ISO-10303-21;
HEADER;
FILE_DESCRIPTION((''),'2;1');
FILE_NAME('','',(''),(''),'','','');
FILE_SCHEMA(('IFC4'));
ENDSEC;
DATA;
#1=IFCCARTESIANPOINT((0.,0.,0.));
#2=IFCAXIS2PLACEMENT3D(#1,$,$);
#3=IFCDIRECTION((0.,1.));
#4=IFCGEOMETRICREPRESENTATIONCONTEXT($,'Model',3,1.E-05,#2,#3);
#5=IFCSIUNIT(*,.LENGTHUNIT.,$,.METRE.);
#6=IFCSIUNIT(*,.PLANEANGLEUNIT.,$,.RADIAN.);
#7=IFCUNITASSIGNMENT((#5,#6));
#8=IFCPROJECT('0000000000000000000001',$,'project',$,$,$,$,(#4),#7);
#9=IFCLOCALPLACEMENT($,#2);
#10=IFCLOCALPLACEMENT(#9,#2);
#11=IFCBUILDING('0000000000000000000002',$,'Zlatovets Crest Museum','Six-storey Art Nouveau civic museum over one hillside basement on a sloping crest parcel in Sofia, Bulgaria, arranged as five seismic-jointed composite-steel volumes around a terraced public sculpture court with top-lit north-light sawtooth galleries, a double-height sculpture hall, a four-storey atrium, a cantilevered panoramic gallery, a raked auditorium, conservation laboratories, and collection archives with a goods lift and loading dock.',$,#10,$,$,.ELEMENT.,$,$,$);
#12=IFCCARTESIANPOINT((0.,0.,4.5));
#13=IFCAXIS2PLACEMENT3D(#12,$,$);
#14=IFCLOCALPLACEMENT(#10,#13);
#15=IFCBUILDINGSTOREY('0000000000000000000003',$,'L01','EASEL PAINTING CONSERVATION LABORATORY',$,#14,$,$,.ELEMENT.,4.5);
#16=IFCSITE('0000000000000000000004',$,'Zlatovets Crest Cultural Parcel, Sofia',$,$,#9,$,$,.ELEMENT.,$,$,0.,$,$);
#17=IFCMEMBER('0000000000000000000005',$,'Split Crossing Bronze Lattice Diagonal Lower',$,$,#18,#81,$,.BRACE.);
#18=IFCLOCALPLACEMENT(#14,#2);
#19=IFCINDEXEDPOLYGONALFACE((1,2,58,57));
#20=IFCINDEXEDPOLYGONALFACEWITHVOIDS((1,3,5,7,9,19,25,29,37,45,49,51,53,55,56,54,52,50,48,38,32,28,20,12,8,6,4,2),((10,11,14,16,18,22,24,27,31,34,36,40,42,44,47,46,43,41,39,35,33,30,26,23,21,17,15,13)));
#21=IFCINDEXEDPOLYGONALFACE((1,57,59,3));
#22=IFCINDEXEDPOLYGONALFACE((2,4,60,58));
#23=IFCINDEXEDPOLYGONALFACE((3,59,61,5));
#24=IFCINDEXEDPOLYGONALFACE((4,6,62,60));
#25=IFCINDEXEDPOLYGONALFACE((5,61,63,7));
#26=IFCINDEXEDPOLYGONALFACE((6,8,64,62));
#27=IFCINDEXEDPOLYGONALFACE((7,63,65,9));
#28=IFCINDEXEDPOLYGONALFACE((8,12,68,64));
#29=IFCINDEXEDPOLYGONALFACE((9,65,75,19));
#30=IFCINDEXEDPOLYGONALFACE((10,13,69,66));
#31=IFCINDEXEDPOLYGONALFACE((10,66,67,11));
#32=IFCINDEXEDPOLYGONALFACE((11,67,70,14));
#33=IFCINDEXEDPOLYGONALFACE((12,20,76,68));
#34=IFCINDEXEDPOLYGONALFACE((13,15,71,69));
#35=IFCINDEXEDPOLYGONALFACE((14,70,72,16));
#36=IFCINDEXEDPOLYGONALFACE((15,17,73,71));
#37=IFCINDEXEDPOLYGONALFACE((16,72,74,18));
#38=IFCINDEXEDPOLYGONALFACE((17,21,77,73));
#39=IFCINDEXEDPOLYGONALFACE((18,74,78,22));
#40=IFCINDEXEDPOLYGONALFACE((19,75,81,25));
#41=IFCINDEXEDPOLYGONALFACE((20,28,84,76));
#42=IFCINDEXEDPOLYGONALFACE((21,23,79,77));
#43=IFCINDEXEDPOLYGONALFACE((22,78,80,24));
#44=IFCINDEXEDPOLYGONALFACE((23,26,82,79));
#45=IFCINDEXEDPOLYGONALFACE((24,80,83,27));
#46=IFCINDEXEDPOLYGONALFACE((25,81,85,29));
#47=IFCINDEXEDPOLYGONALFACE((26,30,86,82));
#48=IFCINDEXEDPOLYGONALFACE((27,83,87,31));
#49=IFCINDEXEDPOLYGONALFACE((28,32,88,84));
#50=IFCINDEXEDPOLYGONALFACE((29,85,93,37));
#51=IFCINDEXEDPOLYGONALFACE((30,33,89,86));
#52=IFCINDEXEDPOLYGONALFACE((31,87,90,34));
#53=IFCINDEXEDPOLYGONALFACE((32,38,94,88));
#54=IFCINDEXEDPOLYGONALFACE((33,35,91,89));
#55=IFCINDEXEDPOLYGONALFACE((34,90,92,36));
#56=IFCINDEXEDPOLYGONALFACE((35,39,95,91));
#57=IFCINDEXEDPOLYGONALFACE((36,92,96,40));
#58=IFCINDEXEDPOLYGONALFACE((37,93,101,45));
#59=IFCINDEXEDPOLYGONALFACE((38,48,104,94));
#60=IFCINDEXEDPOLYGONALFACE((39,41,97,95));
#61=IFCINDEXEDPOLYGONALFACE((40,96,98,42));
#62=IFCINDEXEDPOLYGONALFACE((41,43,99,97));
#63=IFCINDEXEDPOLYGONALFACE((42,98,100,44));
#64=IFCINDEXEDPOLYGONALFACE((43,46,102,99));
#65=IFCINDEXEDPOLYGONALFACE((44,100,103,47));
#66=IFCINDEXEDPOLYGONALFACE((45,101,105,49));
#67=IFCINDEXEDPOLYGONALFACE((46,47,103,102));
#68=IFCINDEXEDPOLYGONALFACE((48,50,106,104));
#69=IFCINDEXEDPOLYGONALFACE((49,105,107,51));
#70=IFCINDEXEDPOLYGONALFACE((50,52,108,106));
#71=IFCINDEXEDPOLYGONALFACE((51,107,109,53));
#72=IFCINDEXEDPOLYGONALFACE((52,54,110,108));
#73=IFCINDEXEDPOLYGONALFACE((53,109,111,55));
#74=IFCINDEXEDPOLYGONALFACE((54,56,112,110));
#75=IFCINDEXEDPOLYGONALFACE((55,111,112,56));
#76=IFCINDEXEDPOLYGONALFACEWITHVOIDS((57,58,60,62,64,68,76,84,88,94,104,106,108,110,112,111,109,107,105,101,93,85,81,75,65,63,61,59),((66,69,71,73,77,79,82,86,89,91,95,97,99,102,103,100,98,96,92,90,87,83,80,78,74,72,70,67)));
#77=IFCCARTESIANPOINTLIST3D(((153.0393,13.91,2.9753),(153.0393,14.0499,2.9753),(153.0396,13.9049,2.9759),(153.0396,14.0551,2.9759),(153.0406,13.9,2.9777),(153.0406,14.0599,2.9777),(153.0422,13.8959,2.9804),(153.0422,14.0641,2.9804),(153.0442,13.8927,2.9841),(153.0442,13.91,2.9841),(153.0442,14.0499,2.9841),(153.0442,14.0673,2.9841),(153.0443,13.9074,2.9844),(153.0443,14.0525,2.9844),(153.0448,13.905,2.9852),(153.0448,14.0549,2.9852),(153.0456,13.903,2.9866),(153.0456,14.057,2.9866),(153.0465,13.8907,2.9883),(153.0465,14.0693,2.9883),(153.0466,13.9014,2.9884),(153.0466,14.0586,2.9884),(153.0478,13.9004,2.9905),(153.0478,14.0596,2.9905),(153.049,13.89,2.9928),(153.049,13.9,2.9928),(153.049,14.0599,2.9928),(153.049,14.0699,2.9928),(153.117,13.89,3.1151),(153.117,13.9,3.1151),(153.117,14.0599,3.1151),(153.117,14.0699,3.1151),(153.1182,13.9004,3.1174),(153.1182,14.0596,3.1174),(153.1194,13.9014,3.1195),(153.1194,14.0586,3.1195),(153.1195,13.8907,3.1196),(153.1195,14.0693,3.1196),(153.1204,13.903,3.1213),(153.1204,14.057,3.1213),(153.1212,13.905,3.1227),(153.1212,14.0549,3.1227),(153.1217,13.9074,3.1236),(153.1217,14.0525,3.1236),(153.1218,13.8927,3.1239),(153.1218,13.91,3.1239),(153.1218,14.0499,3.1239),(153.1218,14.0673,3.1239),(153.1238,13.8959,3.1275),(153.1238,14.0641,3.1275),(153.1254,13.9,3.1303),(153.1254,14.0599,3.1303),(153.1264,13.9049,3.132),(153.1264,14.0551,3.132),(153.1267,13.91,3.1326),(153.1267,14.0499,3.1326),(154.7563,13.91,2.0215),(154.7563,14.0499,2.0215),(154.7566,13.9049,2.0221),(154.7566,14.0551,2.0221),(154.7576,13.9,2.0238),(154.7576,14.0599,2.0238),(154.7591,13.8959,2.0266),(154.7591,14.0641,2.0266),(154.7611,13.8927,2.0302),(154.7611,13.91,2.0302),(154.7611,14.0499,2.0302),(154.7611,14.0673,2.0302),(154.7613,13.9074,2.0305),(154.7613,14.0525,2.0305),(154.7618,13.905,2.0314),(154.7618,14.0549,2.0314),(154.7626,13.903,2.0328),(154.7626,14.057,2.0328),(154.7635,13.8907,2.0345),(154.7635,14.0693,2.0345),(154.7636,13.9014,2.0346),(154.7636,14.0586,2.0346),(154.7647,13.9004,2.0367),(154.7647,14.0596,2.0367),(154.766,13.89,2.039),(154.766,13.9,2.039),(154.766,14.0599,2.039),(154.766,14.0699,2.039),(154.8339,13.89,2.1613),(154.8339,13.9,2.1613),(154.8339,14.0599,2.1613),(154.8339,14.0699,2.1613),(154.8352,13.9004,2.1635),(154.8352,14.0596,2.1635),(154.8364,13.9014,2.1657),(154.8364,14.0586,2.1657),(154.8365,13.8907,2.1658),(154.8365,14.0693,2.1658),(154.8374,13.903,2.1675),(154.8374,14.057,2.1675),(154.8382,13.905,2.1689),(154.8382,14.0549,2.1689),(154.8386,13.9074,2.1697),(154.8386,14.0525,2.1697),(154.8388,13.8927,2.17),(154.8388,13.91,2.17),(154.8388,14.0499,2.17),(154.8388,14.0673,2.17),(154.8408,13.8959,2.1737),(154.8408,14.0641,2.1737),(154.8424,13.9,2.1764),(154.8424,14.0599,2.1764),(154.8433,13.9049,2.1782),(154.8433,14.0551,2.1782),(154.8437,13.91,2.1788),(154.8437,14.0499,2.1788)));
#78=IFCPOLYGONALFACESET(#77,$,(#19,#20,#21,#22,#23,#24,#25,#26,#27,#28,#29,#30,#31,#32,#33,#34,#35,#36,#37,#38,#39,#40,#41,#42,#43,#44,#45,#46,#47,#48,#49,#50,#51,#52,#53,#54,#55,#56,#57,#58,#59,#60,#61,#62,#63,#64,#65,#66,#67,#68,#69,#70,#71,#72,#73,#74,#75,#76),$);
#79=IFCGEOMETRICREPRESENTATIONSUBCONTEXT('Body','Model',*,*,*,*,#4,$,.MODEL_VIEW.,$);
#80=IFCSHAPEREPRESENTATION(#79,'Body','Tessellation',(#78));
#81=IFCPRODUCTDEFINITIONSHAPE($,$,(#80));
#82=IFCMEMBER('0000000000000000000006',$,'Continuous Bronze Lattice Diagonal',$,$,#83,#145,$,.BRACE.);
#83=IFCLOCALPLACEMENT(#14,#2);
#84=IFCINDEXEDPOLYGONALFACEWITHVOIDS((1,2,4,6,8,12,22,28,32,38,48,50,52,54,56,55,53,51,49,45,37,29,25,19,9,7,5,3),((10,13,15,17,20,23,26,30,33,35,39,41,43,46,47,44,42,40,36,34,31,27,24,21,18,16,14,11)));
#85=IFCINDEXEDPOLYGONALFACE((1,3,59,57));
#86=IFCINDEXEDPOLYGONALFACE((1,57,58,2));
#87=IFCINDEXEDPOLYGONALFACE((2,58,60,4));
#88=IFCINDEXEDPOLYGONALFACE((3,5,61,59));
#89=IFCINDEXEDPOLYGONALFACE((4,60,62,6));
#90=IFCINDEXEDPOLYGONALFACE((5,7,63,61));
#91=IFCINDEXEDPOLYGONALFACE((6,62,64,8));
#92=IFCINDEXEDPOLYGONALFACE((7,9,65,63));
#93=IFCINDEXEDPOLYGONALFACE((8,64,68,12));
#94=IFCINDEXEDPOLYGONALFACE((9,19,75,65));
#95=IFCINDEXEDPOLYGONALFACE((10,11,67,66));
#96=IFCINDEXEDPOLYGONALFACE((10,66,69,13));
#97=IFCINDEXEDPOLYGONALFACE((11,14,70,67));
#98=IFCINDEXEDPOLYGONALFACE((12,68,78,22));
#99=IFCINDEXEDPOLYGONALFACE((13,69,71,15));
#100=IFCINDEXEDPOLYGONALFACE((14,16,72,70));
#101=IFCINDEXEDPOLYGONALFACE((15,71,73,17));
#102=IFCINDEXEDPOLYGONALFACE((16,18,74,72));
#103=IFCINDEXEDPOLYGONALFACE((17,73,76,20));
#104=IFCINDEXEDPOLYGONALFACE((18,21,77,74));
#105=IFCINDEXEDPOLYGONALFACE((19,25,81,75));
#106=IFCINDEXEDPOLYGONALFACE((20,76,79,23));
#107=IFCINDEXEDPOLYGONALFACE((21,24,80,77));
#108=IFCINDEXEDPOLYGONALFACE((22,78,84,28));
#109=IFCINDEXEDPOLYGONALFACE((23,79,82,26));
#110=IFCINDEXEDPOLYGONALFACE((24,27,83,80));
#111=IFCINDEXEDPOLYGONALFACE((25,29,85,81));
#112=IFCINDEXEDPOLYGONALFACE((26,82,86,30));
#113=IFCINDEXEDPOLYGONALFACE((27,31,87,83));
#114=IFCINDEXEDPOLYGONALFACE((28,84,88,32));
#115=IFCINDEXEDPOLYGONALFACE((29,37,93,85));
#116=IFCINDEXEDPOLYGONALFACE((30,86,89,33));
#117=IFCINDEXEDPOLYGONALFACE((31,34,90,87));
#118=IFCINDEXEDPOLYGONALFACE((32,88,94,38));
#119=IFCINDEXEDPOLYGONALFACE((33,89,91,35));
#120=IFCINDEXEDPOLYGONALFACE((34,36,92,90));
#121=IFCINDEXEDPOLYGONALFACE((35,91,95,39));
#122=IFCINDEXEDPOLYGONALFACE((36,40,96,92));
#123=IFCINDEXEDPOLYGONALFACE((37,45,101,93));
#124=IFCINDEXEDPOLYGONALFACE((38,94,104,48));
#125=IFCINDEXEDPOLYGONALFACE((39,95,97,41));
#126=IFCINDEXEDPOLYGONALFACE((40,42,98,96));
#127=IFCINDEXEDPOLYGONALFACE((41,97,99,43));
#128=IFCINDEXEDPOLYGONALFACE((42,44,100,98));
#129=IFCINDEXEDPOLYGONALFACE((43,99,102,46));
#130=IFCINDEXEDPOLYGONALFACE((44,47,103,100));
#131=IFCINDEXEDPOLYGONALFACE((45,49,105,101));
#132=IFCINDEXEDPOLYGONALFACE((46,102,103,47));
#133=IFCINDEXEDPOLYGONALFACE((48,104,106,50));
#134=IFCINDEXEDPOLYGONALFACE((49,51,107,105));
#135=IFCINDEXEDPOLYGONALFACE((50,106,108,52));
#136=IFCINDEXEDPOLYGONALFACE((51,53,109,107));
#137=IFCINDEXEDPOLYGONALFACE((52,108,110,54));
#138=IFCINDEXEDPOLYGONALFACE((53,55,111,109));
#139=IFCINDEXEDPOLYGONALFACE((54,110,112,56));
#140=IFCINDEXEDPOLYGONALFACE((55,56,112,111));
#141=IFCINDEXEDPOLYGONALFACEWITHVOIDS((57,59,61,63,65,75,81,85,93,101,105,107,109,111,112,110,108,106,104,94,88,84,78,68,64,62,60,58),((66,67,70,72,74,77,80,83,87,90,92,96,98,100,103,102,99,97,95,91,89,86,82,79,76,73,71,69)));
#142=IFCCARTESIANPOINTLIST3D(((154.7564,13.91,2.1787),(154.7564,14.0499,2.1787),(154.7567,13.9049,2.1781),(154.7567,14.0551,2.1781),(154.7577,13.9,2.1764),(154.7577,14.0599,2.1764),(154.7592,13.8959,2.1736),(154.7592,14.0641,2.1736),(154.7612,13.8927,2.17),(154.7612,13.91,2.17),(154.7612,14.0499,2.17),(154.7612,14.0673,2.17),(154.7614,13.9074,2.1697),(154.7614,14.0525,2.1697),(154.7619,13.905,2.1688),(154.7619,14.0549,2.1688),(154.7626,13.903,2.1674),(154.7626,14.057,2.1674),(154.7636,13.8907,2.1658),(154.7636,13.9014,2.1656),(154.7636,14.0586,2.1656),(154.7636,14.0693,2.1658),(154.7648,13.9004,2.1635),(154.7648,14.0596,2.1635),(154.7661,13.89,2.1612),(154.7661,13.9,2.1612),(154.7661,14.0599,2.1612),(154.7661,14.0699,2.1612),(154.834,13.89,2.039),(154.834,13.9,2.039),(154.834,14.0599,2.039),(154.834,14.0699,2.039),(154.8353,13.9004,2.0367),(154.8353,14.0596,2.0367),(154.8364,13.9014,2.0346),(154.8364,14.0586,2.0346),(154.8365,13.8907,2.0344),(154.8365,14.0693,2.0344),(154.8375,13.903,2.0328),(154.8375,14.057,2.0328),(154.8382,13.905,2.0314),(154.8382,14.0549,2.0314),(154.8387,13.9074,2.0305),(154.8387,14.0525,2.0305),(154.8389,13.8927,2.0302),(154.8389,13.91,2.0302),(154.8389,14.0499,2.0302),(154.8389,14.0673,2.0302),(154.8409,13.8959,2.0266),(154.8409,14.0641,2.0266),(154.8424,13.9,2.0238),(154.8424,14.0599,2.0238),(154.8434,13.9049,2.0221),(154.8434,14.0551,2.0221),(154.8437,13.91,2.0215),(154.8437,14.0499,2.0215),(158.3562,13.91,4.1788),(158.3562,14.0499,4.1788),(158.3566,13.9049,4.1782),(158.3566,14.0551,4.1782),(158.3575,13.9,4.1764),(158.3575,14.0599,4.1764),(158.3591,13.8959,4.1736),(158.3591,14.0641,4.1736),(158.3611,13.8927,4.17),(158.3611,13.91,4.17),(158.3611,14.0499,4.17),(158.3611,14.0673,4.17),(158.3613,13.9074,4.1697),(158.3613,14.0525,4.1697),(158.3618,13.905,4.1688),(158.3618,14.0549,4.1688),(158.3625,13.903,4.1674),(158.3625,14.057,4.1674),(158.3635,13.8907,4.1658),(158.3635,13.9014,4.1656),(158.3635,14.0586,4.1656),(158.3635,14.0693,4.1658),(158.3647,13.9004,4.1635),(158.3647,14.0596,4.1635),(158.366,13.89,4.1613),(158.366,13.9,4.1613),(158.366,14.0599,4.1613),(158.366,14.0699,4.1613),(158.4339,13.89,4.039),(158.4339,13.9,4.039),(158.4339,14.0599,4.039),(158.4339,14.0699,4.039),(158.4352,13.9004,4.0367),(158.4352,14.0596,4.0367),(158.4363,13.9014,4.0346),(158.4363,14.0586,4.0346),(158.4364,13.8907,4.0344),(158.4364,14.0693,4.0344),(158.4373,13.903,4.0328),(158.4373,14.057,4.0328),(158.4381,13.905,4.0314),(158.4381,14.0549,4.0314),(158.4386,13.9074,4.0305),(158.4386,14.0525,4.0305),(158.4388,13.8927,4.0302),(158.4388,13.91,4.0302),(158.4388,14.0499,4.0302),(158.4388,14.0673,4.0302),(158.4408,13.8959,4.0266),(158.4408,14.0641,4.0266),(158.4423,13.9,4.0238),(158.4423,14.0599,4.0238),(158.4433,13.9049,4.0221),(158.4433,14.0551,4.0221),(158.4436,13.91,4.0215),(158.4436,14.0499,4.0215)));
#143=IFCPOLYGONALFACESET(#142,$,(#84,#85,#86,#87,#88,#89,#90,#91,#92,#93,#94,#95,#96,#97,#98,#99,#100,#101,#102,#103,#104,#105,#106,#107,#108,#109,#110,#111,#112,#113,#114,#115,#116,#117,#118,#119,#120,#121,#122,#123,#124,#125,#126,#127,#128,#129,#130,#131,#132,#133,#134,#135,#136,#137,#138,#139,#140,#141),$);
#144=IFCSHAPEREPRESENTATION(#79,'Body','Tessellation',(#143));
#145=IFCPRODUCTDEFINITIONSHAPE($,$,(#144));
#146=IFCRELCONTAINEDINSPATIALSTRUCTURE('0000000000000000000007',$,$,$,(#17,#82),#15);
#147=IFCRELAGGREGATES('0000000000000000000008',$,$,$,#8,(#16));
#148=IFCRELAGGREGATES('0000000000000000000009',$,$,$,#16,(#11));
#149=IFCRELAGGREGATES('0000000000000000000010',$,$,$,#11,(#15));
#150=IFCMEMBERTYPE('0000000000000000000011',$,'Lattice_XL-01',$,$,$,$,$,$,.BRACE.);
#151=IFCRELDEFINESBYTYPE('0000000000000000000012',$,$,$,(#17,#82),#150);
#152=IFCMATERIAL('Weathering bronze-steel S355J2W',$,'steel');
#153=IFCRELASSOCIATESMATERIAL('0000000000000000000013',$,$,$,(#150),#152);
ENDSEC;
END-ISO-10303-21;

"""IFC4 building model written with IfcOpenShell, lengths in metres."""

from ifc_helpers import new_model, si_unit, direction, frame, origin, origin_2d, place, context, subcontext, project, spatial, hollow_rectangle, extrude, material, material_profile, profile_set, type_object, element, save


model = new_model("IFC4")

# Units and contexts
model_context = context("Model", 3, precision=1e-05, world=origin(), true_north=direction((0.0, 1.0)))
body_context = subcontext(model_context, "Body", "Model", "MODEL_VIEW")
ifc_project = project(units=[si_unit("LENGTHUNIT", "METRE"), si_unit("PLANEANGLEUNIT", "RADIAN")], contexts=[model_context])

# Site, building, storey
site_placement = place(None, origin())
site = spatial("IfcSite", under=ifc_project, at=site_placement, Name="Zlatovets Crest Cultural Parcel, Sofia", CompositionType="ELEMENT", RefElevation=0.0)
building_placement = place(site_placement, origin())
building = spatial("IfcBuilding", under=site, at=building_placement, Name="Zlatovets Crest Museum", Description="Six-storey Art Nouveau civic museum over one hillside basement on a sloping crest parcel in Sofia, Bulgaria, arranged as five seismic-jointed composite-steel volumes around a terraced public sculpture court with top-lit north-light sawtooth galleries, a double-height sculpture hall, a four-storey atrium, a cantilevered panoramic gallery, a raked auditorium, conservation laboratories, and collection archives with a goods lift and loading dock.", CompositionType="ELEMENT")
storey_placement = place(building_placement, frame((0.0, 0.0, 4.5)))
storey = spatial("IfcBuildingStorey", under=building, at=storey_placement, Name="L01", Description="EASEL PAINTING CONSERVATION LABORATORY", CompositionType="ELEMENT", Elevation=4.5)

# Members
ifc_material_1 = material(Name="Weathering bronze-steel S355J2W", Category="steel")
ifc_material_profile_1 = material_profile(ifc_material_1, hollow_rectangle(XDim=0.1799, YDim=0.1799, WallThickness=0.01, InnerFilletRadius=0.01, OuterFilletRadius=0.02, at=origin_2d()), Name="SHS 180x180x10.0")
ifc_profile_set_1 = profile_set([ifc_material_profile_1], Name="Weathering bronze-steel S355J2W")
member_type_1 = type_object("IfcMemberType", Name="Lattice_XL-01", PredefinedType="BRACE", material=ifc_profile_set_1)
member_1_placement = place(storey_placement, frame((153.083, 13.98, 3.054), z_axis=(0.874169, 0.0, -0.485622), x_axis=(0.0, 1.0, 0.0)))
element("IfcMember", 1, at=member_1_placement, inside=storey, type_object=member_type_1, Name="Split Crossing Bronze Lattice Diagonal Lower", PredefinedType="BRACE", context=body_context, shape_type="SweptSolid", body=[
    extrude(hollow_rectangle(XDim=0.1799, YDim=0.1799, WallThickness=0.01, InnerFilletRadius=0.01, OuterFilletRadius=0.02, at=origin_2d()), origin(), (0.0, 0.0, 1.0), 1.9641),
])
member_2_placement = place(storey_placement, frame((154.8, 13.98, 2.1001), z_axis=(0.874149, 0.0, 0.485658), x_axis=(0.0, 1.0, 0.0)))
element("IfcMember", 2, at=member_2_placement, inside=storey, type_object=member_type_1, Name="Continuous Bronze Lattice Diagonal", PredefinedType="BRACE", context=body_context, shape_type="SweptSolid", body=[
    extrude(hollow_rectangle(XDim=0.1799, YDim=0.1799, WallThickness=0.01, InnerFilletRadius=0.01, OuterFilletRadius=0.02, at=origin_2d()), origin(), (0.0, 0.0, 1.0), 4.1182),
])

save(model, "model.ifc")
